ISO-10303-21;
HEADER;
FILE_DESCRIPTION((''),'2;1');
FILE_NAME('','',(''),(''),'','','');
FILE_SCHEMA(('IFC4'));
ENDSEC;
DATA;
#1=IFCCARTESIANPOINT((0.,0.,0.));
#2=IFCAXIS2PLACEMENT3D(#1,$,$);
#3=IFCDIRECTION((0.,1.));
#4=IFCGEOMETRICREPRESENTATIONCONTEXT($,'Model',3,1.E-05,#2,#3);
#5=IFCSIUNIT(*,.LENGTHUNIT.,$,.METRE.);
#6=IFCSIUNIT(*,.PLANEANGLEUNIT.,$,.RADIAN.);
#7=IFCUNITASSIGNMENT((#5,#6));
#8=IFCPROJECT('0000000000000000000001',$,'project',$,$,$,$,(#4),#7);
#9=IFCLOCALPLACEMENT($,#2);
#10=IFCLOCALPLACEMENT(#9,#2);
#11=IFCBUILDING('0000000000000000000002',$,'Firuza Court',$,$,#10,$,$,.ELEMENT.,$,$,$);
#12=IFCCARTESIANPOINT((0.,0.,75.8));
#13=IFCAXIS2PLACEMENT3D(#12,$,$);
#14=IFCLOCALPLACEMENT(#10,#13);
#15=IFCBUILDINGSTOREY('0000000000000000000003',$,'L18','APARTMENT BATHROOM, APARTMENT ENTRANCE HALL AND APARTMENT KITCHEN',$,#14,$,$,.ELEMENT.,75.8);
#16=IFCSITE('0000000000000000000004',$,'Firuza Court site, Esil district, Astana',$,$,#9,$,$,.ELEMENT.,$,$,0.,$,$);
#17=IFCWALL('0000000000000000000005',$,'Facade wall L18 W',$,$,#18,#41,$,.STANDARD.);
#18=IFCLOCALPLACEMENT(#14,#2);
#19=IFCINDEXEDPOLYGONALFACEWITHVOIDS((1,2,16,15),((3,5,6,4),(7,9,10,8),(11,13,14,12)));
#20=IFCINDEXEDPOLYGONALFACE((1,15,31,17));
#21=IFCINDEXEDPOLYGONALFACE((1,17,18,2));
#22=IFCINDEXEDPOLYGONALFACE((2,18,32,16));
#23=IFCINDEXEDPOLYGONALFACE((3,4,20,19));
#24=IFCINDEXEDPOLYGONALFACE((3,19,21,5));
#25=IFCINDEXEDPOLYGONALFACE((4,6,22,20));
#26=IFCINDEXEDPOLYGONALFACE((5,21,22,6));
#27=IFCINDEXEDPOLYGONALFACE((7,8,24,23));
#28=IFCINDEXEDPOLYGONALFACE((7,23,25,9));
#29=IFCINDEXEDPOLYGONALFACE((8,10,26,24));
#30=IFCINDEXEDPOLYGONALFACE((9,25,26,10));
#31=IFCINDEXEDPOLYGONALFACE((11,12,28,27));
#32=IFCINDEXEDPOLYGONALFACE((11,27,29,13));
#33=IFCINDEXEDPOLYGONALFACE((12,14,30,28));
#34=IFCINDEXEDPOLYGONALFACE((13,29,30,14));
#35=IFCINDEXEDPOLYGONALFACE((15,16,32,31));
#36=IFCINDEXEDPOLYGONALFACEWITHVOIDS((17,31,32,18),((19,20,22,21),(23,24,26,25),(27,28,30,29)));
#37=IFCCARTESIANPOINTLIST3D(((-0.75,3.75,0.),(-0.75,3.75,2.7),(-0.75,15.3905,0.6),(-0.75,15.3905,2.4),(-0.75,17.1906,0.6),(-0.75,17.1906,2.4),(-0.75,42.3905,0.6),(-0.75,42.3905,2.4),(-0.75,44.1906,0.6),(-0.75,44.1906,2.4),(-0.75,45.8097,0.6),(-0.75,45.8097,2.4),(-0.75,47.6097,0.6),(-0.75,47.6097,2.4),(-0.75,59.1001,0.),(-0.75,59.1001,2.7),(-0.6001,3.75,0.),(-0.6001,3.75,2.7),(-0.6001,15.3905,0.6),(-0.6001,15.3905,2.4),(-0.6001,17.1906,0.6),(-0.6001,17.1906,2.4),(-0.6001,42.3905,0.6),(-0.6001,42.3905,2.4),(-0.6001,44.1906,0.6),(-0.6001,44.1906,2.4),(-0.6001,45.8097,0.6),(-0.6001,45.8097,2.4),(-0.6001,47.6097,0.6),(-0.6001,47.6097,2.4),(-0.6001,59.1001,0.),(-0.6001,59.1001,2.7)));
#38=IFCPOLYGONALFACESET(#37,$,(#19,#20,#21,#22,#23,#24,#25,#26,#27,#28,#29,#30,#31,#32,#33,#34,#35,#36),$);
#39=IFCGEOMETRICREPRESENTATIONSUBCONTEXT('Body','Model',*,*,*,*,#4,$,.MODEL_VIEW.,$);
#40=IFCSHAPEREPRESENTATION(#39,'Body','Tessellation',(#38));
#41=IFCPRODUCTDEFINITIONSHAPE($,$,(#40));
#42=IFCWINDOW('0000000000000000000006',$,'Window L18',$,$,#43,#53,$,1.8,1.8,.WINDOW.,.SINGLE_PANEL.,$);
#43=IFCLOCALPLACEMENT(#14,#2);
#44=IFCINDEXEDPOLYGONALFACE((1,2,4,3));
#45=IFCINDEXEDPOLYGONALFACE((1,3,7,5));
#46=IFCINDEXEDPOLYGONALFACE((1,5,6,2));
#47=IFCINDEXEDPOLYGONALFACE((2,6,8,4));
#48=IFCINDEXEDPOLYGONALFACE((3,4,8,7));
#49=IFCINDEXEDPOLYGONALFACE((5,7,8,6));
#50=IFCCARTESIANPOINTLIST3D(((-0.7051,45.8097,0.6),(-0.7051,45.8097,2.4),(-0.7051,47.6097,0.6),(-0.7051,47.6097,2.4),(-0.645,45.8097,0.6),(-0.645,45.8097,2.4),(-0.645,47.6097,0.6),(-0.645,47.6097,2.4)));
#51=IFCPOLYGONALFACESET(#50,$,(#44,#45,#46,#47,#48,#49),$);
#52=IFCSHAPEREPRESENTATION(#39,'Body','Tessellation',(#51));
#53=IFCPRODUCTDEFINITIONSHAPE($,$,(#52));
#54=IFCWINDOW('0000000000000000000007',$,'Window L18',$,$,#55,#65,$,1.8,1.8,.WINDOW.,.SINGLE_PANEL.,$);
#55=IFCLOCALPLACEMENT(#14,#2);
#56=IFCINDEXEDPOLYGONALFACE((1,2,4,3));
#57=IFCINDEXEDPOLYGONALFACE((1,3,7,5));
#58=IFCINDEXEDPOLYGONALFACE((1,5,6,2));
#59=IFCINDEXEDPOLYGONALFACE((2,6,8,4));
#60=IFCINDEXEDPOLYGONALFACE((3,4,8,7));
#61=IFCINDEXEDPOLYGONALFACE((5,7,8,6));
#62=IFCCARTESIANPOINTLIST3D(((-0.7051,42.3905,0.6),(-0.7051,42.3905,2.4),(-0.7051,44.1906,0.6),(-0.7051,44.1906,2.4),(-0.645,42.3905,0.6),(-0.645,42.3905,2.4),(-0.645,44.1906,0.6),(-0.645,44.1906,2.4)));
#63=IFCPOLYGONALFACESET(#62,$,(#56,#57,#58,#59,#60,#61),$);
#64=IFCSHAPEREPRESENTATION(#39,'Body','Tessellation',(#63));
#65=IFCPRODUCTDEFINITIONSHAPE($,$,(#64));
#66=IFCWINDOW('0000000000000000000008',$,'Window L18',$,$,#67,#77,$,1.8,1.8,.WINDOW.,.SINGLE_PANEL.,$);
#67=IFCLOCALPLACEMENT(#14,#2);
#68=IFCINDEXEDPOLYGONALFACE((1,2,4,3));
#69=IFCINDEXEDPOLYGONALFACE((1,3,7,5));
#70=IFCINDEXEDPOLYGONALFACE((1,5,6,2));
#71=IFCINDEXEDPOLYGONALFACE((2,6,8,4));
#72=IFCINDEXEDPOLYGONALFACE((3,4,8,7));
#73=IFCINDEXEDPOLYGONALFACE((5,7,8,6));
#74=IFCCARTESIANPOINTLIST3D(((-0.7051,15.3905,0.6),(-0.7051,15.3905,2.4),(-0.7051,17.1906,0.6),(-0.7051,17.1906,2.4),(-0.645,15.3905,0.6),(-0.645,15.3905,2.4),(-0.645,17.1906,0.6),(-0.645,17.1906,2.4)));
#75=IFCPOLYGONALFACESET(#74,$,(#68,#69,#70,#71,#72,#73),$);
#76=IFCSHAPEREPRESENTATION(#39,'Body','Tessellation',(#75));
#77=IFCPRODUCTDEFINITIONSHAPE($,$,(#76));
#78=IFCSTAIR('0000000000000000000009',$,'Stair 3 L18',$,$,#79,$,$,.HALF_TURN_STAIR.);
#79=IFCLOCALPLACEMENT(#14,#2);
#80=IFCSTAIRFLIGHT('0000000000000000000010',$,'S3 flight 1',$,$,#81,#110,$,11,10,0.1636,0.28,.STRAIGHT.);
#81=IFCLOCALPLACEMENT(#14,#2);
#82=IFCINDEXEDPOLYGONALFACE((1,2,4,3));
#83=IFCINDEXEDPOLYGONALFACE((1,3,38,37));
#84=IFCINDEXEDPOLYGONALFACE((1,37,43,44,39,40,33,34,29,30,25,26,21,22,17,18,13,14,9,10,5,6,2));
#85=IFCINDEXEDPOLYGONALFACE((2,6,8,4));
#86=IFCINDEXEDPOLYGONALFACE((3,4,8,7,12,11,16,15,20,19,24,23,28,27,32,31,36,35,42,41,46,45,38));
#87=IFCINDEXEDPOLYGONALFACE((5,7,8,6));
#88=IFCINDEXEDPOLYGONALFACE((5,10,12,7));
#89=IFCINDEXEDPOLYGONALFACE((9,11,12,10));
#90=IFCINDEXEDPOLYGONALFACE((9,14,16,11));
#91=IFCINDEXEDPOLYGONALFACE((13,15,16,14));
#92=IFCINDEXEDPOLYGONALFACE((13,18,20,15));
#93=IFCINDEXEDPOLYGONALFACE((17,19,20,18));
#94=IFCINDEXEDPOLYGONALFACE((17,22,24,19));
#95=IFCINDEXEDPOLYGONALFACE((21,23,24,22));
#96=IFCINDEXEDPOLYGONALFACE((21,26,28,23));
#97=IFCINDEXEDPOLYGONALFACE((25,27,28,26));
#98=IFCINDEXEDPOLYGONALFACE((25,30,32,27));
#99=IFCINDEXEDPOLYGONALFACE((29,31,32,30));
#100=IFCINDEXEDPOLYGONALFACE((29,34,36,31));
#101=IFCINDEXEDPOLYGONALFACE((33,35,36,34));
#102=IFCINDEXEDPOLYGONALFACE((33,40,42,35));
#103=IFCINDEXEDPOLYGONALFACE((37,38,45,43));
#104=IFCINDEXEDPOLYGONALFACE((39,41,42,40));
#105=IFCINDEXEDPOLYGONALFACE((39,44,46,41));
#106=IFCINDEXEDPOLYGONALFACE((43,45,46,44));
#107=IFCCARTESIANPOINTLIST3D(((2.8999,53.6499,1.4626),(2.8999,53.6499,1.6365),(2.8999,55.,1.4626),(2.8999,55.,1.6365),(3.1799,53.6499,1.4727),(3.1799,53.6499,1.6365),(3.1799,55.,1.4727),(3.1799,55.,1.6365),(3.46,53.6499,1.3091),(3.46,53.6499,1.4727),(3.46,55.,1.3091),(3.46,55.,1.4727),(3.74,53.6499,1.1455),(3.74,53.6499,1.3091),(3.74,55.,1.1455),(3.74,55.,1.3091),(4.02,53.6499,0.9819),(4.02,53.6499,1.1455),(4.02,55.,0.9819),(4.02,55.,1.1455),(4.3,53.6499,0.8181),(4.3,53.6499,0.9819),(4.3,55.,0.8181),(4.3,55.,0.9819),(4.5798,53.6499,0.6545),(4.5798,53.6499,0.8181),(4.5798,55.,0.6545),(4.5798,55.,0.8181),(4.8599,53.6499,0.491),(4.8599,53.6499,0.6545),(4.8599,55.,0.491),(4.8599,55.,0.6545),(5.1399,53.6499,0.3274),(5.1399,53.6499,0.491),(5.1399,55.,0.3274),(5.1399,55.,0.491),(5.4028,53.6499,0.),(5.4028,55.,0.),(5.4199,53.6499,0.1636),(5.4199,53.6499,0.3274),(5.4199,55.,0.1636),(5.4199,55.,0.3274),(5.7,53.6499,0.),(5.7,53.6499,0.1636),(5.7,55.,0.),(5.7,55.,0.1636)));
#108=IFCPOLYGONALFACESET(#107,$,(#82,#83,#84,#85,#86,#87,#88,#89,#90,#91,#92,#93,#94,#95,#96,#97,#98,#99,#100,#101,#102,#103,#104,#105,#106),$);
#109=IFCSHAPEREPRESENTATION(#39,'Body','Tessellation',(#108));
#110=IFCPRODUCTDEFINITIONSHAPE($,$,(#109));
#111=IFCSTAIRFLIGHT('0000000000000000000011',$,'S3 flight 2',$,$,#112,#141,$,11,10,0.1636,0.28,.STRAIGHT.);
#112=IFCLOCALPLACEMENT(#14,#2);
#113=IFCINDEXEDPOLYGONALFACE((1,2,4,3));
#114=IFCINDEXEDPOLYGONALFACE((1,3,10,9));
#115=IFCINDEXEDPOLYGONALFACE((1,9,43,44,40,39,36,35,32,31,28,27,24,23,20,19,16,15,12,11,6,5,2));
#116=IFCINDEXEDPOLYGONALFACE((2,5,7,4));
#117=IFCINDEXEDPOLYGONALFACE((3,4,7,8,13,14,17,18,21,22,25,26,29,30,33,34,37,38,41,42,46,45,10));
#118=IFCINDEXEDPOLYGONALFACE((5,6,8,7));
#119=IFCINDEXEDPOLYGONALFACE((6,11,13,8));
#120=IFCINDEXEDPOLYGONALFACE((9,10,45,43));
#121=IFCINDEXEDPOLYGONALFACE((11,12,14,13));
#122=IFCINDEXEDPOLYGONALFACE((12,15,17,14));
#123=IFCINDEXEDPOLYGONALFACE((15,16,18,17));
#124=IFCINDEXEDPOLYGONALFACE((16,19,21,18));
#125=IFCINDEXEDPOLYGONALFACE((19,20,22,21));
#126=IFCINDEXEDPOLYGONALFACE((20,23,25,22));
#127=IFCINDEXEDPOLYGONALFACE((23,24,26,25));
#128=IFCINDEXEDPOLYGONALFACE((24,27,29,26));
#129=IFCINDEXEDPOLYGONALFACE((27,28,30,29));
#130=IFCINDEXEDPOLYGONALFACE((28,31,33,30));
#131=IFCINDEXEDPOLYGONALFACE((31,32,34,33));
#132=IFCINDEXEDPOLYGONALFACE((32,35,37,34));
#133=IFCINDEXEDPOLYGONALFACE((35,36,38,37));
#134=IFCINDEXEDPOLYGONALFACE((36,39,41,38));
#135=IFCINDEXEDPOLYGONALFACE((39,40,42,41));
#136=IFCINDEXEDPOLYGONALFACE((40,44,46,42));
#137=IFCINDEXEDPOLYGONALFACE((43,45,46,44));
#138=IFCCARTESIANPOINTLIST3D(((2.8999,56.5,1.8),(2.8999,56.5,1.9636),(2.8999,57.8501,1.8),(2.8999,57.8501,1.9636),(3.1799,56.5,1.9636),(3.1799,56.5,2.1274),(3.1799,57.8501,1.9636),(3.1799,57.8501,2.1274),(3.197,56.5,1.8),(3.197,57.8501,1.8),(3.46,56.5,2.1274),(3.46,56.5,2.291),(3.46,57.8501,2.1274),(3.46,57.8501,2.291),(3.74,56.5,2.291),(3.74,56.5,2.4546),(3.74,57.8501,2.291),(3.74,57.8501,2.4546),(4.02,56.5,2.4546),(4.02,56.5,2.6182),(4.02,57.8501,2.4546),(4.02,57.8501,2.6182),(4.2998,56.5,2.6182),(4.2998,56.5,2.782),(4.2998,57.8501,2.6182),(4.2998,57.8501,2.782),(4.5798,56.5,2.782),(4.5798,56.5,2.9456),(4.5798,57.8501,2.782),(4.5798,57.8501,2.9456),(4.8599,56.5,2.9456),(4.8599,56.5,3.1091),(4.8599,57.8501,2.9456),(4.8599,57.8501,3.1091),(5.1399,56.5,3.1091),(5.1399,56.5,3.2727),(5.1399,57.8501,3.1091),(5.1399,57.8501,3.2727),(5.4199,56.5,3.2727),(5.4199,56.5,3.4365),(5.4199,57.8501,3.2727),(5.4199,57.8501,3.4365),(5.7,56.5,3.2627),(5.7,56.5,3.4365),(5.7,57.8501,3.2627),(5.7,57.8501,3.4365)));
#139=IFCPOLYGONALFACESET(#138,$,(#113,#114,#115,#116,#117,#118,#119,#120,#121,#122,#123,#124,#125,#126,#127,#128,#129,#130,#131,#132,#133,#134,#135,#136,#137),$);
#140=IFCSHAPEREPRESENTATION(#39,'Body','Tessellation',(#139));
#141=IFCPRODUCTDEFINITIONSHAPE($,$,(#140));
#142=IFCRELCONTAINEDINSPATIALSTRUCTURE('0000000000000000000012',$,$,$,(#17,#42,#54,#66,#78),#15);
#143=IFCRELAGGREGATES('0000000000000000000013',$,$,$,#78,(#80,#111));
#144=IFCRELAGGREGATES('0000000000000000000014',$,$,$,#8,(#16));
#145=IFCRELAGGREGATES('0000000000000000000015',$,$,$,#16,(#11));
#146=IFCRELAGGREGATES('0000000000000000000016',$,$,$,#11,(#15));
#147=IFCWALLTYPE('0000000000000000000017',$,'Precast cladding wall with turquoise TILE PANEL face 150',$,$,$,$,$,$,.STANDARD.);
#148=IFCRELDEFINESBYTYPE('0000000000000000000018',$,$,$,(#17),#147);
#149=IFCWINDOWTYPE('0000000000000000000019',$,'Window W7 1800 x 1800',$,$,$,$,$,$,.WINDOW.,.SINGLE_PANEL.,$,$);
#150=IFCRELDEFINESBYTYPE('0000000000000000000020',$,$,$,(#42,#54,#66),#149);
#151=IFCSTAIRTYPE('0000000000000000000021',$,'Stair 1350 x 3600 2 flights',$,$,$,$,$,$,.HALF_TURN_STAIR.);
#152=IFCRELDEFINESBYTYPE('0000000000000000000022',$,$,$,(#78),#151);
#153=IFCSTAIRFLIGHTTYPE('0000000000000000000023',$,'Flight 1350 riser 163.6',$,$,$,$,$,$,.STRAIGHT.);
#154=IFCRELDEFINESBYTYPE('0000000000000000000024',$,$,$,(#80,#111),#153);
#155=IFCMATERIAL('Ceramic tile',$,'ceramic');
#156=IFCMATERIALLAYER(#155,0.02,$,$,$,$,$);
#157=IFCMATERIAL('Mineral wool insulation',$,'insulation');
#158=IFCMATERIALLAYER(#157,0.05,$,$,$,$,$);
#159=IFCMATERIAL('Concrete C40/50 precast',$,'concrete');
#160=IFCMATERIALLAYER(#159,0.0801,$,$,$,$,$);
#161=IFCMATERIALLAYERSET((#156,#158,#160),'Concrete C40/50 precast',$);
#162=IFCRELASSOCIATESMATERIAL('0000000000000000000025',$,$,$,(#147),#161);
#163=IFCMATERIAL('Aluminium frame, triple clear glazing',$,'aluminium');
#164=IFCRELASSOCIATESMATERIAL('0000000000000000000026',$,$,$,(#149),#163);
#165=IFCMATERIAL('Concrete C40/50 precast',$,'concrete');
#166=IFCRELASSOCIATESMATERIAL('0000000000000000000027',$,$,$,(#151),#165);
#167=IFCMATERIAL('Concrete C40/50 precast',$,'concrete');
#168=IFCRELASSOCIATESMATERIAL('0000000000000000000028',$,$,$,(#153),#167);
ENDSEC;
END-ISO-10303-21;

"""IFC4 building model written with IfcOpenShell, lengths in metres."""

from ifc_helpers import new_model, si_unit, direction, frame, frame_2d, origin, place, context, subcontext, project, spatial, polyline, rectangle, outline, extrude, material, layer, layer_set, type_object, element, fill, aggregate, save


model = new_model("IFC4")

# Units and contexts
model_context = context("Model", 3, precision=1e-05, world=origin(), true_north=direction((0.0, 1.0)))
body_context = subcontext(model_context, "Body", "Model", "MODEL_VIEW")
ifc_project = project(units=[si_unit("LENGTHUNIT", "METRE"), si_unit("PLANEANGLEUNIT", "RADIAN")], contexts=[model_context])

# Site, building, storey
site_placement = place(None, origin())
site = spatial("IfcSite", under=ifc_project, at=site_placement, Name="Firuza Court site, Esil district, Astana", CompositionType="ELEMENT", RefElevation=0.0)
building_placement = place(site_placement, origin())
building = spatial("IfcBuilding", under=site, at=building_placement, Name="Firuza Court", CompositionType="ELEMENT")
storey_placement = place(building_placement, frame((0.0, 0.0, 75.8)))
storey = spatial("IfcBuildingStorey", under=building, at=storey_placement, Name="L18", Description="APARTMENT BATHROOM, APARTMENT ENTRANCE HALL AND APARTMENT KITCHEN", CompositionType="ELEMENT", Elevation=75.8)

# Wall, openings, windows
ifc_material_1 = material(Name="Ceramic tile", Category="ceramic")
ifc_layer_1 = layer(ifc_material_1, 0.02)
ifc_material_2 = material(Name="Mineral wool insulation", Category="insulation")
ifc_layer_2 = layer(ifc_material_2, 0.05)
ifc_material_3 = material(Name="Concrete C40/50 precast", Category="concrete")
ifc_layer_3 = layer(ifc_material_3, 0.0801)
ifc_layer_set_1 = layer_set([ifc_layer_1, ifc_layer_2, ifc_layer_3], Name="Concrete C40/50 precast")
wall_type_1 = type_object("IfcWallType", Name="Precast cladding wall with turquoise TILE PANEL face 150", PredefinedType="STANDARD", material=ifc_layer_set_1)
wall_1_placement = place(storey_placement, frame((-0.675, 59.1001, 0.0), z_axis=(0.0, 0.0, 1.0), x_axis=(0.0, -1.0, 0.0)))
wall_1 = element("IfcWall", 1, at=wall_1_placement, inside=storey, type_object=wall_type_1, Name="Facade wall L18 W", PredefinedType="STANDARD", context=body_context, shape_type="SweptSolid", body=[
    extrude(rectangle(XDim=55.3501, YDim=0.1499, at=frame_2d((27.675, 0.0))), origin(), (0.0, 0.0, 1.0), 2.7),
])
opening_1_placement = place(wall_1_placement, frame((11.4905, 0.0, 0.6001)))
opening_1 = element("IfcOpeningElement", 2, at=opening_1_placement, cuts=wall_1, PredefinedType="OPENING", context=body_context, shape_type="SweptSolid", body=[
    extrude(rectangle(XDim=1.8, YDim=1.8, at=frame_2d((0.8999, 0.8999))), frame((0.0, 0.0869, 0.0), z_axis=(0.0, -1.0, 0.0), x_axis=(1.0, 0.0, 0.0)), (0.0, 0.0, 1.0), 0.1738),
])
opening_2_placement = place(wall_1_placement, frame((14.9097, 0.0, 0.6001)))
opening_2 = element("IfcOpeningElement", 3, at=opening_2_placement, cuts=wall_1, PredefinedType="OPENING", context=body_context, shape_type="SweptSolid", body=[
    extrude(rectangle(XDim=1.8, YDim=1.8, at=frame_2d((0.8999, 0.8999))), frame((0.0, 0.0869, 0.0), z_axis=(0.0, -1.0, 0.0), x_axis=(1.0, 0.0, 0.0)), (0.0, 0.0, 1.0), 0.1738),
])
opening_3_placement = place(wall_1_placement, frame((41.9097, 0.0, 0.6001)))
opening_3 = element("IfcOpeningElement", 4, at=opening_3_placement, cuts=wall_1, PredefinedType="OPENING", context=body_context, shape_type="SweptSolid", body=[
    extrude(rectangle(XDim=1.8, YDim=1.8, at=frame_2d((0.8999, 0.8999))), frame((0.0, 0.0869, 0.0), z_axis=(0.0, -1.0, 0.0), x_axis=(1.0, 0.0, 0.0)), (0.0, 0.0, 1.0), 0.1738),
])
ifc_material_4 = material(Name="Aluminium frame, triple clear glazing", Category="aluminium")
window_type = type_object("IfcWindowType", Name="Window W7 1800 x 1800", PartitioningType="SINGLE_PANEL", PredefinedType="WINDOW", material=ifc_material_4)
window_1_placement = place(opening_1_placement, origin())
window_1 = element("IfcWindow", 5, at=window_1_placement, inside=storey, type_object=window_type, Name="Window L18", OverallHeight=1.8, OverallWidth=1.8, PartitioningType="SINGLE_PANEL", PredefinedType="WINDOW", context=body_context, shape_type="SweptSolid", body=[
    extrude(rectangle(XDim=1.8, YDim=1.8, at=frame_2d((0.8999, 0.8999))), frame((0.0, 0.03, 0.0), z_axis=(0.0, -1.0, 0.0), x_axis=(1.0, 0.0, 0.0)), (0.0, 0.0, 1.0), 0.0601),
])
fill(opening_1, window_1)
window_2_placement = place(opening_2_placement, origin())
window_2 = element("IfcWindow", 6, at=window_2_placement, inside=storey, type_object=window_type, Name="Window L18", OverallHeight=1.8, OverallWidth=1.8, PartitioningType="SINGLE_PANEL", PredefinedType="WINDOW", context=body_context, shape_type="SweptSolid", body=[
    extrude(rectangle(XDim=1.8, YDim=1.8, at=frame_2d((0.8999, 0.8999))), frame((0.0, 0.03, 0.0), z_axis=(0.0, -1.0, 0.0), x_axis=(1.0, 0.0, 0.0)), (0.0, 0.0, 1.0), 0.0601),
])
fill(opening_2, window_2)
window_3_placement = place(opening_3_placement, origin())
window_3 = element("IfcWindow", 7, at=window_3_placement, inside=storey, type_object=window_type, Name="Window L18", OverallHeight=1.8, OverallWidth=1.8, PartitioningType="SINGLE_PANEL", PredefinedType="WINDOW", context=body_context, shape_type="SweptSolid", body=[
    extrude(rectangle(XDim=1.8, YDim=1.8, at=frame_2d((0.8999, 0.8999))), frame((0.0, 0.03, 0.0), z_axis=(0.0, -1.0, 0.0), x_axis=(1.0, 0.0, 0.0)), (0.0, 0.0, 1.0), 0.0601),
])
fill(opening_3, window_3)

# Stair, stair flights
ifc_material_5 = material(Name="Concrete C40/50 precast", Category="concrete")
stair_type = type_object("IfcStairType", Name="Stair 1350 x 3600 2 flights", PredefinedType="HALF_TURN_STAIR", material=ifc_material_5)
stair_placement = place(storey_placement, origin())
stair = element("IfcStair", 8, at=stair_placement, inside=storey, type_object=stair_type, Name="Stair 3 L18", PredefinedType="HALF_TURN_STAIR")
ifc_material_6 = material(Name="Concrete C40/50 precast", Category="concrete")
stair_flight_type = type_object("IfcStairFlightType", Name="Flight 1350 riser 163.6", PredefinedType="STRAIGHT", material=ifc_material_6)
stair_flight_1_placement = place(storey_placement, frame((5.7, 54.325, 0.0), z_axis=(0.0, 0.0, 1.0), x_axis=(-1.0, 0.0, 0.0)))
stair_flight_1 = element("IfcStairFlight", 9, at=stair_flight_1_placement, type_object=stair_flight_type, Name="S3 flight 1", NumberOfRisers=11, NumberOfTreads=10, PredefinedType="STRAIGHT", RiserHeight=0.1636, TreadLength=0.28, context=body_context, shape_type="SweptSolid", body=[
    extrude(outline(polyline([(0.0, 0.0), (0.0, 0.1636), (0.28, 0.1636), (0.28, 0.3274), (0.5601, 0.3274), (0.5601, 0.491), (0.8401, 0.491), (0.8401, 0.6545), (1.1201, 0.6545), (1.1201, 0.8181), (1.3999, 0.8181), (1.3999, 0.9819), (1.6799, 0.9819), (1.6799, 1.1455), (1.96, 1.1455), (1.96, 1.3091), (2.24, 1.3091), (2.24, 1.4727), (2.52, 1.4727), (2.52, 1.6365), (2.8, 1.6365), (2.8, 1.8), (2.8, 1.4626), (0.2971, 0.0), (0.0, 0.0)])), frame((0.0, 0.675, 0.0), z_axis=(0.0, -1.0, 0.0), x_axis=(1.0, 0.0, 0.0)), (0.0, 0.0, 1.0), 1.3501),
])
stair_flight_2_placement = place(storey_placement, frame((2.8999, 57.175, 1.8), z_axis=(0.0, 0.0, 1.0), x_axis=(1.0, 0.0, 0.0)))
stair_flight_2 = element("IfcStairFlight", 10, at=stair_flight_2_placement, type_object=stair_flight_type, Name="S3 flight 2", NumberOfRisers=11, NumberOfTreads=10, PredefinedType="STRAIGHT", RiserHeight=0.1636, TreadLength=0.28, context=body_context, shape_type="SweptSolid", body=[
    extrude(outline(polyline([(0.0, 0.0), (0.0, 0.1636), (0.28, 0.1636), (0.28, 0.3274), (0.5601, 0.3274), (0.5601, 0.491), (0.8401, 0.491), (0.8401, 0.6545), (1.1201, 0.6545), (1.1201, 0.8181), (1.3999, 0.8181), (1.3999, 0.9819), (1.6799, 0.9819), (1.6799, 1.1455), (1.96, 1.1455), (1.96, 1.3091), (2.24, 1.3091), (2.24, 1.4727), (2.52, 1.4727), (2.52, 1.6365), (2.8, 1.6365), (2.8, 1.8), (2.8, 1.4626), (0.2971, 0.0), (0.0, 0.0)])), frame((0.0, 0.675, 0.0), z_axis=(0.0, -1.0, 0.0), x_axis=(1.0, 0.0, 0.0)), (0.0, 0.0, 1.0), 1.3501),
])
aggregate(stair, [stair_flight_1, stair_flight_2])

save(model, "model.ifc")
